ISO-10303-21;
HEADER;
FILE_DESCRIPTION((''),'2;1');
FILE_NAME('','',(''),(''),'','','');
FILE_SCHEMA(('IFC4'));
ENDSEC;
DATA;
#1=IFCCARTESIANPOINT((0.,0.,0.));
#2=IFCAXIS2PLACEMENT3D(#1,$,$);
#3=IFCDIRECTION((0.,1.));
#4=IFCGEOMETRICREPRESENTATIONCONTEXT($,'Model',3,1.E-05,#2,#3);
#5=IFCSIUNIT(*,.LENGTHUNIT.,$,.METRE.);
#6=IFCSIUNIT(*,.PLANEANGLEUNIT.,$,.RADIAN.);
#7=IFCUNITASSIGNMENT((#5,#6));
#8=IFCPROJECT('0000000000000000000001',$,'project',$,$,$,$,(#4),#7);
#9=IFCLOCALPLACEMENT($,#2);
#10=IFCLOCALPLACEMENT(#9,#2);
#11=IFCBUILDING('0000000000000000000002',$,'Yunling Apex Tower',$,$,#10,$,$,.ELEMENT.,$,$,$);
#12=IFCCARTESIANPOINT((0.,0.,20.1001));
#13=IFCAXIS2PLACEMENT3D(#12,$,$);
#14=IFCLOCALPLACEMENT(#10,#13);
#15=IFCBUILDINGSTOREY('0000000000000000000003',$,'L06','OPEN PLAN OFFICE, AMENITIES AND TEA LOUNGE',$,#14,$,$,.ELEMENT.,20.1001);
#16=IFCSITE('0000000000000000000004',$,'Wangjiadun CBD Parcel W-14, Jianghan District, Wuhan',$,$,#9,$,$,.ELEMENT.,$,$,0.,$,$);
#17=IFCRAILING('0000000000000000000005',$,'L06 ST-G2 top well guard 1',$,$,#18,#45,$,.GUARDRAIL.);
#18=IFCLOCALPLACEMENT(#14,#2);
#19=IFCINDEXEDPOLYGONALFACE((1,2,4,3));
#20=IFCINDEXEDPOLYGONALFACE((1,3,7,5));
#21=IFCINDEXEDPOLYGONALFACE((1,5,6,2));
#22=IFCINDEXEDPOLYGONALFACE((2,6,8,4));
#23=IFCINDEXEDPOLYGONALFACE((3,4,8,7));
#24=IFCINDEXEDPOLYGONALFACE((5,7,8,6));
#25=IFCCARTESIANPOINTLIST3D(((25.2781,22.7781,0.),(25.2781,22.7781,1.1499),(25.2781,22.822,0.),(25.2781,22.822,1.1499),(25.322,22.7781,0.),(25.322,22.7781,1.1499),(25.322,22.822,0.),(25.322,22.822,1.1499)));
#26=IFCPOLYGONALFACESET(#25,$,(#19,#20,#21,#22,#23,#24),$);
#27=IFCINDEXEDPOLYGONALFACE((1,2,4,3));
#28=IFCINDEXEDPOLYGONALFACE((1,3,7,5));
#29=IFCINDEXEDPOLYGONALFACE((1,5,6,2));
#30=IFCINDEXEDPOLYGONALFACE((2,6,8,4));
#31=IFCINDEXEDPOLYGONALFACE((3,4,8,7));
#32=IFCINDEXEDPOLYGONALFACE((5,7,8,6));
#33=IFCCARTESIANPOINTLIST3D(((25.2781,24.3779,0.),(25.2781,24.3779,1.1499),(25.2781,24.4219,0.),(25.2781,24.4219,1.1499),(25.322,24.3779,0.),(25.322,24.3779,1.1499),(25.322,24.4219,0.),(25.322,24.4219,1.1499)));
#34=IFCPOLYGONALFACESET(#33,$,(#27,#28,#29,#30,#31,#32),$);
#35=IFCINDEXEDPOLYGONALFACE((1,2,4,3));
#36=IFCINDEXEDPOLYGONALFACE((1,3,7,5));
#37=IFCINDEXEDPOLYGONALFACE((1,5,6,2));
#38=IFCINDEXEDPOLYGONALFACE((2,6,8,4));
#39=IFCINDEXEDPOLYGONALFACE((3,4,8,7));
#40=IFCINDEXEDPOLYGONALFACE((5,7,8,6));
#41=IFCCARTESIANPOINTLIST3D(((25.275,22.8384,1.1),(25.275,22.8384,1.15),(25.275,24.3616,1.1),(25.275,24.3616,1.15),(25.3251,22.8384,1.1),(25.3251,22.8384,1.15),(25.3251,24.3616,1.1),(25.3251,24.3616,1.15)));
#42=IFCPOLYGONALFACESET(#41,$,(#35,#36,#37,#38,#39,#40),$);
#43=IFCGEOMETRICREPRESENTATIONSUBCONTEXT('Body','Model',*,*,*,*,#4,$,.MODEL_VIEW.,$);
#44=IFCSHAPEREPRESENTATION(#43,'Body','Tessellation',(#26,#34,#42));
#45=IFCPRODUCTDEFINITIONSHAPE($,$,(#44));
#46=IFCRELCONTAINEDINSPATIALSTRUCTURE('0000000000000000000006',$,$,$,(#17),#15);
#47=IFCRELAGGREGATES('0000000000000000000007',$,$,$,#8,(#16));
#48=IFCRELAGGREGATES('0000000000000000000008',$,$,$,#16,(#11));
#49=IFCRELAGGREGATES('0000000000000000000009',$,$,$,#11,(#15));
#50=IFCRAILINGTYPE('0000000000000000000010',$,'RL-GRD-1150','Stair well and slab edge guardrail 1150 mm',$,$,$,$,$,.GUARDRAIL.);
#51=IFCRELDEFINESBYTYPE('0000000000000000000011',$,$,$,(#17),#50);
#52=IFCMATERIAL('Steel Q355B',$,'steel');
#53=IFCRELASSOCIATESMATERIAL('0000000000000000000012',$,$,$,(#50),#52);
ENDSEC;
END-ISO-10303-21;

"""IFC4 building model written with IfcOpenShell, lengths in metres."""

from ifc_helpers import new_model, si_unit, direction, frame, origin, origin_2d, place, context, subcontext, project, spatial, rectangle, extrude, material, type_object, element, save


model = new_model("IFC4")

# Units and contexts
model_context = context("Model", 3, precision=1e-05, world=origin(), true_north=direction((0.0, 1.0)))
body_context = subcontext(model_context, "Body", "Model", "MODEL_VIEW")
ifc_project = project(units=[si_unit("LENGTHUNIT", "METRE"), si_unit("PLANEANGLEUNIT", "RADIAN")], contexts=[model_context])

# Site, building, storey
site_placement = place(None, origin())
site = spatial("IfcSite", under=ifc_project, at=site_placement, Name="Wangjiadun CBD Parcel W-14, Jianghan District, Wuhan", CompositionType="ELEMENT", RefElevation=0.0)
building_placement = place(site_placement, origin())
building = spatial("IfcBuilding", under=site, at=building_placement, Name="Yunling Apex Tower", CompositionType="ELEMENT")
storey_placement = place(building_placement, frame((0.0, 0.0, 20.1001)))
storey = spatial("IfcBuildingStorey", under=building, at=storey_placement, Name="L06", Description="OPEN PLAN OFFICE, AMENITIES AND TEA LOUNGE", CompositionType="ELEMENT", Elevation=20.1001)

# Shared definitions
ifc_material_1 = material(Name="Steel Q355B", Category="steel")

# Railing
railing_type_1 = type_object("IfcRailingType", Name="RL-GRD-1150", Description="Stair well and slab edge guardrail 1150 mm", PredefinedType="GUARDRAIL", material=ifc_material_1)
for number, where, name in (
    (1, (25.3, 22.8, 0.0), "L06 ST-G2 top well guard 1"),
):
    element("IfcRailing", number, at=place(storey_placement, frame(where)), inside=storey, type_object=railing_type_1, Name=name, PredefinedType="GUARDRAIL", context=body_context, shape_type="SweptSolid", body=[
        extrude(rectangle(XDim=0.0439, YDim=0.0439, at=origin_2d()), origin(), (0.0, 0.0, 1.0), 1.1499),
        extrude(rectangle(XDim=0.0439, YDim=0.0439, at=origin_2d()), frame((0.0, 1.5999, 0.0)), (0.0, 0.0, 1.0), 1.1499),
        extrude(rectangle(XDim=0.05, YDim=0.05, at=origin_2d()), frame((0.0, 0.0383, 1.125), z_axis=(0.0, 1.0, 0.0), x_axis=(-1.0, 0.0, 0.0)), (0.0, 0.0, 1.0), 1.5232),
    ])

save(model, "model.ifc")
